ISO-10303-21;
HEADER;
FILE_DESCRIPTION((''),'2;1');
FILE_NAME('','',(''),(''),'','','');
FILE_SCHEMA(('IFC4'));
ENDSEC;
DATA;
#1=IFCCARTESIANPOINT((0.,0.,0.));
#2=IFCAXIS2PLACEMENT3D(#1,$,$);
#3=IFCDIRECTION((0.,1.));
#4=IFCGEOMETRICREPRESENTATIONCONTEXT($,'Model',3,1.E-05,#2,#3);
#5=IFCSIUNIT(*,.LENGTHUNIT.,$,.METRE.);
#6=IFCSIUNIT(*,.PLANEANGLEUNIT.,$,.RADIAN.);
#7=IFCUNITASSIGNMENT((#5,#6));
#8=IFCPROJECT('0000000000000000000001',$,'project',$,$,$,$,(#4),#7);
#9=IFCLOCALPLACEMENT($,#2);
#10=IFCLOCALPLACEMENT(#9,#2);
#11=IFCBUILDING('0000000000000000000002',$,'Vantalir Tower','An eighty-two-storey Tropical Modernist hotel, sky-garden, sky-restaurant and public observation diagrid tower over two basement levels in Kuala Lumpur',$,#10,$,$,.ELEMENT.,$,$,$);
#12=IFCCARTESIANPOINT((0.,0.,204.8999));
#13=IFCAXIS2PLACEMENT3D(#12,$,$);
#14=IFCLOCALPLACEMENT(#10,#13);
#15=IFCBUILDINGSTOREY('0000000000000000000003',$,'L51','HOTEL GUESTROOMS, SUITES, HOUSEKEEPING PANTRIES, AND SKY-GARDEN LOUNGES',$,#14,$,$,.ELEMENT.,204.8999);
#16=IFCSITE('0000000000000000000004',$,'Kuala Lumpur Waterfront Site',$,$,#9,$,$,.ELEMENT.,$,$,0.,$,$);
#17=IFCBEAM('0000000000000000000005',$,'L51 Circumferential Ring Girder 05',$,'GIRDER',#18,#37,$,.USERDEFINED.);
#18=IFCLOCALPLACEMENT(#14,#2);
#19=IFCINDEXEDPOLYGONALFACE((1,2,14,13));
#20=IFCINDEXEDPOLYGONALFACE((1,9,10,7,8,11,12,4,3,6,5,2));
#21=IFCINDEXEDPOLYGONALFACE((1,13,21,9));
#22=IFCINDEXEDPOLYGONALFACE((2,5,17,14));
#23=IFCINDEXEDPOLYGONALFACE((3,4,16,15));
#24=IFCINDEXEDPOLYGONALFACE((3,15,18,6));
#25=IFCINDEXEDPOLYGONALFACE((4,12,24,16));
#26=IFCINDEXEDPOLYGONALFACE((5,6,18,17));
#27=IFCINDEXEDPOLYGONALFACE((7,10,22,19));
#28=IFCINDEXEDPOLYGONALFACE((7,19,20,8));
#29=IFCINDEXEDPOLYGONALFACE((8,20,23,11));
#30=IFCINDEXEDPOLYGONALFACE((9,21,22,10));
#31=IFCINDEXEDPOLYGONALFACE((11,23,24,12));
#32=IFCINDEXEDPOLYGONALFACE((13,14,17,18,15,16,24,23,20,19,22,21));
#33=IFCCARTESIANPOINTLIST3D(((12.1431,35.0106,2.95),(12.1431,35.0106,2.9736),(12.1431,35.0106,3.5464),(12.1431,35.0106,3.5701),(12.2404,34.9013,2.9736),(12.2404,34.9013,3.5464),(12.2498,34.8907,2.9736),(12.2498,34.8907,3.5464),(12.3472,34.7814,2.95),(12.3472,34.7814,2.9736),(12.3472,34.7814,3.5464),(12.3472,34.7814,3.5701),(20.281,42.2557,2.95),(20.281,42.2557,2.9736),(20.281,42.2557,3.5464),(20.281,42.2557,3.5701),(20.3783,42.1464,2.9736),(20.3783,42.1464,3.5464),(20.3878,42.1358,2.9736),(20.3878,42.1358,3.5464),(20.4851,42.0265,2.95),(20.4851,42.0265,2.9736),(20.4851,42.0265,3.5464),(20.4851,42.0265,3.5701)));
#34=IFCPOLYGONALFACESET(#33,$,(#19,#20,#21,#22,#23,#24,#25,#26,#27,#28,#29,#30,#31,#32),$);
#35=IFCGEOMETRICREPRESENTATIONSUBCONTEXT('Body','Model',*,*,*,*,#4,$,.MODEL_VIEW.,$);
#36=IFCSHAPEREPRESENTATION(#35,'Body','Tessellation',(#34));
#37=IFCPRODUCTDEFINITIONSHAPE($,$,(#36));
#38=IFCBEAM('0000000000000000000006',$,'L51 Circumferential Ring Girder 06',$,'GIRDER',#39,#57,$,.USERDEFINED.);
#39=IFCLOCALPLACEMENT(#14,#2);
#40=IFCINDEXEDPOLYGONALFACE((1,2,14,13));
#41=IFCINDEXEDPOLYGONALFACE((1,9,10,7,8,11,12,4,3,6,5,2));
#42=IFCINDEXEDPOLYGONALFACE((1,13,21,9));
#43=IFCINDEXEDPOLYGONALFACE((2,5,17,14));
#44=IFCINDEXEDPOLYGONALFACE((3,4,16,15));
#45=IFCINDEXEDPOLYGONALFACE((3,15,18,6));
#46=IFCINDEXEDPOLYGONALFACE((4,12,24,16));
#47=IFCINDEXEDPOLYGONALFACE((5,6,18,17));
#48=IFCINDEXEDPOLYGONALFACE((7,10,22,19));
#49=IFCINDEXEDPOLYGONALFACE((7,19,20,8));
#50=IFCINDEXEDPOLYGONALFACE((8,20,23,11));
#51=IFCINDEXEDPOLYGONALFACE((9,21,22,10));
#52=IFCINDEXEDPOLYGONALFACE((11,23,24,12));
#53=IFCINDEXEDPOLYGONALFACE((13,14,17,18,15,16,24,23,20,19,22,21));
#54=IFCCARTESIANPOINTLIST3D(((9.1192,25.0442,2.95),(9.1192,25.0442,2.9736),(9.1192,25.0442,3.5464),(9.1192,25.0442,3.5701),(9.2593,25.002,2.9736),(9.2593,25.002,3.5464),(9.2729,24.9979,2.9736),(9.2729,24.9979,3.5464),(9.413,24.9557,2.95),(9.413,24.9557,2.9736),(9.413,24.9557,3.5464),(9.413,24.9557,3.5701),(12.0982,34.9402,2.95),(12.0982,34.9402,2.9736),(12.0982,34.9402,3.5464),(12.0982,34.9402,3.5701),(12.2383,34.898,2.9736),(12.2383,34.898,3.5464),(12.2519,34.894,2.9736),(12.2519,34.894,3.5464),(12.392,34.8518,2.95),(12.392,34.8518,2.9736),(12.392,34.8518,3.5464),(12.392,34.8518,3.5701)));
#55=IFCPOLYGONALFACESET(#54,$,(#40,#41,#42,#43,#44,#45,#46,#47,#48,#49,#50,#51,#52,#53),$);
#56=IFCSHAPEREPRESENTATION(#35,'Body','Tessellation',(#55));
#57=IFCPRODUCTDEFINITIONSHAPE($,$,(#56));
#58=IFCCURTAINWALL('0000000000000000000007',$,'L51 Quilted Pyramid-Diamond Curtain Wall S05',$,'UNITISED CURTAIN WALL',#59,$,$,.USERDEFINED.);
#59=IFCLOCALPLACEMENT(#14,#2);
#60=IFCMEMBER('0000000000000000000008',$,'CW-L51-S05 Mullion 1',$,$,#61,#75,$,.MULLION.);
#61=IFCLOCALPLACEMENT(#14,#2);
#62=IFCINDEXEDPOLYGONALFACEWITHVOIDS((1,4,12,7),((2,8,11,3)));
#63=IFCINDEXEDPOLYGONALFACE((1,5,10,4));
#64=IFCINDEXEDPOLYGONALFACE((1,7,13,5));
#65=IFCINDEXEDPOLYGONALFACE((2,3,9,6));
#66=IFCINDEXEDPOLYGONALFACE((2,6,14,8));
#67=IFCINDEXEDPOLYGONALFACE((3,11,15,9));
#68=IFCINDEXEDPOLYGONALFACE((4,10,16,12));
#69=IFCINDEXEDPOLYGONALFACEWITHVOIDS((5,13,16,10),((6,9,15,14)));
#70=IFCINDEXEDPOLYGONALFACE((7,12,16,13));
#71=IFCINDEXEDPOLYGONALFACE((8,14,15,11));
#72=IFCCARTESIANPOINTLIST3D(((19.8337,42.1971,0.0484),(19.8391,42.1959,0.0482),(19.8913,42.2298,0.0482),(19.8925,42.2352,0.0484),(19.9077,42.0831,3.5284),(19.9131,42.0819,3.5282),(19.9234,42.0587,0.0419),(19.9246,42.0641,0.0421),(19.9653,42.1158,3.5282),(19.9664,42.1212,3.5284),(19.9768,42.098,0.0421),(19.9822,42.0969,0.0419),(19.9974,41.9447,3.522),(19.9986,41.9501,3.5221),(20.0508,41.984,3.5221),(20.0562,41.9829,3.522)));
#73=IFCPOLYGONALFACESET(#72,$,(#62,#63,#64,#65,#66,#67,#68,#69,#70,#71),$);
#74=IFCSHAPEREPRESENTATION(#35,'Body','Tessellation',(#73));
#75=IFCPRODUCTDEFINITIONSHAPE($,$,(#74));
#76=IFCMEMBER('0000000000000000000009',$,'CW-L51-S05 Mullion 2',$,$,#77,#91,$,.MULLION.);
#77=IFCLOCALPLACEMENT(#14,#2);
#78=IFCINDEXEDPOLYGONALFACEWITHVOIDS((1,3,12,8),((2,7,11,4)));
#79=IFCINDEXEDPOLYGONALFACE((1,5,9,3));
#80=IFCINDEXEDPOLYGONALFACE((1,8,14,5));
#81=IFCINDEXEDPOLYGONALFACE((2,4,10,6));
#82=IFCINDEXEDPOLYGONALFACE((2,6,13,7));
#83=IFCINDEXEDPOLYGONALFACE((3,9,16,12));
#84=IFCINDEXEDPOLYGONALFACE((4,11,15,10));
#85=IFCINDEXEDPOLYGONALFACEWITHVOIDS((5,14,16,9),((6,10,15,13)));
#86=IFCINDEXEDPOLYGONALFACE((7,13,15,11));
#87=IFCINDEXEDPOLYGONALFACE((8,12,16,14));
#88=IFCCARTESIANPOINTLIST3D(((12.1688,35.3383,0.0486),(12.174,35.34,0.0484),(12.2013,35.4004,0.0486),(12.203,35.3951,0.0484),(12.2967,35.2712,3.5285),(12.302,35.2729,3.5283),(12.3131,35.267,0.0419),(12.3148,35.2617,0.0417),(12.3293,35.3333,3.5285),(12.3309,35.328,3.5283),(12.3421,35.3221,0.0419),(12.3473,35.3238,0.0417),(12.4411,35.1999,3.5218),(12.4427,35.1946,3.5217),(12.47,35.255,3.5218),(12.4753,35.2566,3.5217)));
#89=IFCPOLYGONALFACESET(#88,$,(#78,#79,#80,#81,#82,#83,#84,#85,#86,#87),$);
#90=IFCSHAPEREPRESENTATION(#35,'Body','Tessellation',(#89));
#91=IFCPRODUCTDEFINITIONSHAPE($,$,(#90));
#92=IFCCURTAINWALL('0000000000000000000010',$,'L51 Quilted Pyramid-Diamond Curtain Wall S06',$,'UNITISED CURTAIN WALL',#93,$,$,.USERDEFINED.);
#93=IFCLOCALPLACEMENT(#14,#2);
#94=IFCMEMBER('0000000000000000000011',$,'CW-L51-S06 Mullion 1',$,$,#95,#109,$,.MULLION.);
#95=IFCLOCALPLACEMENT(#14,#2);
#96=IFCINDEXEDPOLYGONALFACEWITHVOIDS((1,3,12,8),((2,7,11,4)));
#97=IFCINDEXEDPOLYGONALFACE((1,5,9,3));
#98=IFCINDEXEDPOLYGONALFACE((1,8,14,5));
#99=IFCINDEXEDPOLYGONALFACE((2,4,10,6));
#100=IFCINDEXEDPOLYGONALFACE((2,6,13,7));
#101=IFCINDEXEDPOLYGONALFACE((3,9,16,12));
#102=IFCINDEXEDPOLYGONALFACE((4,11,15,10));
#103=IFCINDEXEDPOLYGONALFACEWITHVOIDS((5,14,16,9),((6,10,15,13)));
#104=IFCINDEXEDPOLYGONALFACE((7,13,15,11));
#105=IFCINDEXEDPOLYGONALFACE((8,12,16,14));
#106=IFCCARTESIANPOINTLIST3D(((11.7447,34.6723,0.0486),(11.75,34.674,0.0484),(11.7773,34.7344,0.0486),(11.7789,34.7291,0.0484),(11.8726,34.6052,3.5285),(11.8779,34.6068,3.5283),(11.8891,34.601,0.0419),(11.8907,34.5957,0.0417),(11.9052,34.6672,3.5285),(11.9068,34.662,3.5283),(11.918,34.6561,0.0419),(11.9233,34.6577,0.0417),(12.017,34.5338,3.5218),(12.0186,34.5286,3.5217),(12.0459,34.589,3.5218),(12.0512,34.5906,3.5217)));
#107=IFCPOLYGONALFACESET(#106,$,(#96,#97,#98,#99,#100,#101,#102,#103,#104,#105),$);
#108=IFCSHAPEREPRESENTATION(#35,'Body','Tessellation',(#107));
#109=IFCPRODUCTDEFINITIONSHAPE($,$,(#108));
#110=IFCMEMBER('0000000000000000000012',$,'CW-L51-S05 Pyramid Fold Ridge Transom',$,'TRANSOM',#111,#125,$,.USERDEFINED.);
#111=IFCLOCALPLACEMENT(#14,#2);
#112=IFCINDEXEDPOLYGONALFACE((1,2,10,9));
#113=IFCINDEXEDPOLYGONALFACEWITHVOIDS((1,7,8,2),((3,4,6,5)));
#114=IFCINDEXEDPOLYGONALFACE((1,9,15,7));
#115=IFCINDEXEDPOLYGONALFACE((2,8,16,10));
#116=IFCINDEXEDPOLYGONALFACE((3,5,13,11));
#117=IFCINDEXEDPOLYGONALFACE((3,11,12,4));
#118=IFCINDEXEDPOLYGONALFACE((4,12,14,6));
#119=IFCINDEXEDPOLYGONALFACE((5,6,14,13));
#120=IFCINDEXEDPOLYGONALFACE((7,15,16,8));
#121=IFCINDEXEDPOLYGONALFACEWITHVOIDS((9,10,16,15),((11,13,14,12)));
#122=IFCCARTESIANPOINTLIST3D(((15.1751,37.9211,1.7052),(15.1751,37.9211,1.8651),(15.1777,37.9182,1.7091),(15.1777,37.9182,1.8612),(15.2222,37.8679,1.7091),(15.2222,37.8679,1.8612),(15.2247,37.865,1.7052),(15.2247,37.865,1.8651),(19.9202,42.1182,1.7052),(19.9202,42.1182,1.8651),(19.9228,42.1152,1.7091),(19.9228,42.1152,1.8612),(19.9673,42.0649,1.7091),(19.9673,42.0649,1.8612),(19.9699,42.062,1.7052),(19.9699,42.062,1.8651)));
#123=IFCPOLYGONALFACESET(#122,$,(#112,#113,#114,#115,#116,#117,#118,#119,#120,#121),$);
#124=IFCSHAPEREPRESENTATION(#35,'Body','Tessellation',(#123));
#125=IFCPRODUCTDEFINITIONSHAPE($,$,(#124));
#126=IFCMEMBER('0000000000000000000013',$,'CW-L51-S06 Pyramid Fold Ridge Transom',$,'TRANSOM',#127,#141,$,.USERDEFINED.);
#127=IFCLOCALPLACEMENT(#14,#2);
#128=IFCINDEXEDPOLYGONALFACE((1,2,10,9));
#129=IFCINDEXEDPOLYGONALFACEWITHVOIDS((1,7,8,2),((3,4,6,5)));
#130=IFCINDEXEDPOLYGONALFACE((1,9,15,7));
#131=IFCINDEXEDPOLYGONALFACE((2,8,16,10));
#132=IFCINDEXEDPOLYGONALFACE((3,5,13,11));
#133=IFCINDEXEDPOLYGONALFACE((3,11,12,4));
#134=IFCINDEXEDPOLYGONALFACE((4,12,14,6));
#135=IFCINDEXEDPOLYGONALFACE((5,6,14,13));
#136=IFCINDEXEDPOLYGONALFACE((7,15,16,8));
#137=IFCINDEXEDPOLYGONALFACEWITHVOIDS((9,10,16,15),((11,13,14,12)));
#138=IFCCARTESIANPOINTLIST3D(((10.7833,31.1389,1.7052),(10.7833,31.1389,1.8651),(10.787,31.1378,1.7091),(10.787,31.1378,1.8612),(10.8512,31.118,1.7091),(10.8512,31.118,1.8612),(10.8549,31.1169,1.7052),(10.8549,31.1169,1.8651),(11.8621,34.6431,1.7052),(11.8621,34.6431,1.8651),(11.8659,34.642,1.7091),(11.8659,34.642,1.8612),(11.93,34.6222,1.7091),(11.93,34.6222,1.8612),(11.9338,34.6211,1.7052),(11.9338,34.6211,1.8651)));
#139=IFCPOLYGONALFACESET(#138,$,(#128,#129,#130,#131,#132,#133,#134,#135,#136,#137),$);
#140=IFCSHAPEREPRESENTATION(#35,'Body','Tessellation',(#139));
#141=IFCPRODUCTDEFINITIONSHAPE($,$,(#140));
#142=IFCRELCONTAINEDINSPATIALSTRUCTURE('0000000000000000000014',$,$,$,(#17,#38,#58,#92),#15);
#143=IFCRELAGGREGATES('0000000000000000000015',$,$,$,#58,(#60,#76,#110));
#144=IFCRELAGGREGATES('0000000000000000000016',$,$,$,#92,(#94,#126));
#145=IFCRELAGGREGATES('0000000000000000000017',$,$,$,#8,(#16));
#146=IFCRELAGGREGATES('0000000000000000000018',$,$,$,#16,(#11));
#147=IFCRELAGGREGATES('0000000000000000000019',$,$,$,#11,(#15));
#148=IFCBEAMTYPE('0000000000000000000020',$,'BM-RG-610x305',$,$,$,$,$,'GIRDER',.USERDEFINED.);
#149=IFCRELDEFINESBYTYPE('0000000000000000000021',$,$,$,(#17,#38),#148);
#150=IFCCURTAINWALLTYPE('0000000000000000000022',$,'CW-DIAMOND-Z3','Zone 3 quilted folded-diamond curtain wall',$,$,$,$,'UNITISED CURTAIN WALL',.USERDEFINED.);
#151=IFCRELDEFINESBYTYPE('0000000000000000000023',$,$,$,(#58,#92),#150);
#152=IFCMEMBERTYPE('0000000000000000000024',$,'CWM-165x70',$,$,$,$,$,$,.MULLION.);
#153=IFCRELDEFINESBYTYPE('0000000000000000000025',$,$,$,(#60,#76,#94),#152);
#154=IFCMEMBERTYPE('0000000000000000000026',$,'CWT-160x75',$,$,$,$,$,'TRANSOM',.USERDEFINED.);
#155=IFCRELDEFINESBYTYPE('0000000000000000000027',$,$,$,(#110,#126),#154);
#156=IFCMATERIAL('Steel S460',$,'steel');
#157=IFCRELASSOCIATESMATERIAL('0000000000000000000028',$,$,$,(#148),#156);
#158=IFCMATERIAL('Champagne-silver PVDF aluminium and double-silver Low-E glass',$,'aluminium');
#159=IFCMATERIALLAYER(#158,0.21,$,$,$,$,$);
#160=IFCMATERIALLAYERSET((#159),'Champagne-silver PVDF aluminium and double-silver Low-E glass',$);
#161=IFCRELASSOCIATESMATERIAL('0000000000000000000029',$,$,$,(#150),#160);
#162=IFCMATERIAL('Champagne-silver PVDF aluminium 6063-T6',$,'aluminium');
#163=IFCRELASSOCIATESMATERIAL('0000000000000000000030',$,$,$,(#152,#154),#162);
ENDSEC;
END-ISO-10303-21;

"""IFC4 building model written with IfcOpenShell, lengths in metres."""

from ifc_helpers import new_model, si_unit, direction, frame, origin, origin_2d, place, context, subcontext, project, spatial, hollow_rectangle, i_section, extrude, material, layer, layer_set, material_profile, profile_set, type_object, element, aggregate, save


model = new_model("IFC4")

# Units and contexts
model_context = context("Model", 3, precision=1e-05, world=origin(), true_north=direction((0.0, 1.0)))
body_context = subcontext(model_context, "Body", "Model", "MODEL_VIEW")
ifc_project = project(units=[si_unit("LENGTHUNIT", "METRE"), si_unit("PLANEANGLEUNIT", "RADIAN")], contexts=[model_context])

# Site, building, storey
site_placement = place(None, origin())
site = spatial("IfcSite", under=ifc_project, at=site_placement, Name="Kuala Lumpur Waterfront Site", CompositionType="ELEMENT", RefElevation=0.0)
building_placement = place(site_placement, origin())
building = spatial("IfcBuilding", under=site, at=building_placement, Name="Vantalir Tower", Description="An eighty-two-storey Tropical Modernist hotel, sky-garden, sky-restaurant and public observation diagrid tower over two basement levels in Kuala Lumpur", CompositionType="ELEMENT")
storey_placement = place(building_placement, frame((0.0, 0.0, 204.8999)))
storey = spatial("IfcBuildingStorey", under=building, at=storey_placement, Name="L51", Description="HOTEL GUESTROOMS, SUITES, HOUSEKEEPING PANTRIES, AND SKY-GARDEN LOUNGES", CompositionType="ELEMENT", Elevation=204.8999)

# Shared definitions
ifc_material_1 = material(Name="Steel S460", Category="steel")

# Beams
ifc_material_profile_1 = material_profile(ifc_material_1, i_section(OverallWidth=0.3069, OverallDepth=0.6201, WebThickness=0.0142, FlangeThickness=0.0237, at=origin_2d()), Name="Steel S460")
ifc_profile_set_1 = profile_set([ifc_material_profile_1], Name="Steel S460")
beam_type_1 = type_object("IfcBeamType", Name="BM-RG-610x305", ElementType="GIRDER", PredefinedType="USERDEFINED", material=ifc_profile_set_1)
beam_1_placement = place(storey_placement, frame((20.3831, 42.1411, 3.26), z_axis=(-0.74689, -0.664948, 0.0), x_axis=(0.664948, -0.74689, 0.0)))
element("IfcBeam", 1, at=beam_1_placement, inside=storey, type_object=beam_type_1, Name="L51 Circumferential Ring Girder 05", ObjectType="GIRDER", PredefinedType="USERDEFINED", context=body_context, shape_type="SweptSolid", body=[
    extrude(i_section(OverallWidth=0.3069, OverallDepth=0.6201, WebThickness=0.0142, FlangeThickness=0.0237, at=origin_2d()), origin(), (0.0, 0.0, 1.0), 10.8958),
])
beam_2_placement = place(storey_placement, frame((12.2451, 34.896, 3.26), z_axis=(-0.288254, -0.957554, 0.0), x_axis=(0.957554, -0.288254, 0.0)))
element("IfcBeam", 2, at=beam_2_placement, inside=storey, type_object=beam_type_1, Name="L51 Circumferential Ring Girder 06", ObjectType="GIRDER", PredefinedType="USERDEFINED", context=body_context, shape_type="SweptSolid", body=[
    extrude(i_section(OverallWidth=0.3069, OverallDepth=0.6201, WebThickness=0.0142, FlangeThickness=0.0237, at=origin_2d()), origin(), (0.0, 0.0, 1.0), 10.3347),
])

# Curtain wall, members
ifc_material_2 = material(Name="Champagne-silver PVDF aluminium and double-silver Low-E glass", Category="aluminium")
ifc_layer_1 = layer(ifc_material_2, 0.21)
ifc_layer_set_1 = layer_set([ifc_layer_1], Name="Champagne-silver PVDF aluminium and double-silver Low-E glass")
curtain_wall_type = type_object("IfcCurtainWallType", Name="CW-DIAMOND-Z3", Description="Zone 3 quilted folded-diamond curtain wall", ElementType="UNITISED CURTAIN WALL", PredefinedType="USERDEFINED", material=ifc_layer_set_1)
curtain_wall_1_placement = place(storey_placement, origin())
curtain_wall_1 = element("IfcCurtainWall", 3, at=curtain_wall_1_placement, inside=storey, type_object=curtain_wall_type, Name="L51 Quilted Pyramid-Diamond Curtain Wall S05", ObjectType="UNITISED CURTAIN WALL", PredefinedType="USERDEFINED")
ifc_material_3 = material(Name="Champagne-silver PVDF aluminium 6063-T6", Category="aluminium")
ifc_material_profile_2 = material_profile(ifc_material_3, hollow_rectangle(XDim=0.0701, YDim=0.165, WallThickness=0.0039, at=origin_2d()), Name="Champagne-silver PVDF aluminium 6063-T6")
ifc_profile_set_2 = profile_set([ifc_material_profile_2], Name="Champagne-silver PVDF aluminium 6063-T6")
member_type_1 = type_object("IfcMemberType", Name="CWM-165x70", PredefinedType="MULLION", material=ifc_profile_set_2)
member_1_placement = place(storey_placement, frame((19.908, 42.147, 0.0452), z_axis=(0.021241, -0.032738, 0.999238), x_axis=(0.838895, 0.544294, 0.0)))
member_1 = element("IfcMember", 4, at=member_1_placement, type_object=member_type_1, Name="CW-L51-S05 Mullion 1", PredefinedType="MULLION", context=body_context, shape_type="SweptSolid", body=[
    extrude(hollow_rectangle(XDim=0.0701, YDim=0.165, WallThickness=0.0039, at=origin_2d()), origin(), (0.0, 0.0, 1.0), 3.4827),
])
member_2_placement = place(storey_placement, frame((12.2581, 35.3311, 0.0452), z_axis=(0.03673, -0.019276, 0.999139), x_axis=(0.464701, 0.885467, 0.0)))
member_2 = element("IfcMember", 5, at=member_2_placement, type_object=member_type_1, Name="CW-L51-S05 Mullion 2", PredefinedType="MULLION", context=body_context, shape_type="SweptSolid", body=[
    extrude(hollow_rectangle(XDim=0.0701, YDim=0.165, WallThickness=0.0039, at=origin_2d()), origin(), (0.0, 0.0, 1.0), 3.4829),
])

# Curtain wall, member
curtain_wall_2_placement = place(storey_placement, origin())
curtain_wall_2 = element("IfcCurtainWall", 6, at=curtain_wall_2_placement, inside=storey, type_object=curtain_wall_type, Name="L51 Quilted Pyramid-Diamond Curtain Wall S06", ObjectType="UNITISED CURTAIN WALL", PredefinedType="USERDEFINED")
member_3_placement = place(storey_placement, frame((11.834, 34.665, 0.0452), z_axis=(0.03673, -0.019276, 0.999139), x_axis=(0.464701, 0.885467, 0.0)))
member_3 = element("IfcMember", 7, at=member_3_placement, type_object=member_type_1, Name="CW-L51-S06 Mullion 1", PredefinedType="MULLION", context=body_context, shape_type="SweptSolid", body=[
    extrude(hollow_rectangle(XDim=0.0701, YDim=0.165, WallThickness=0.0039, at=origin_2d()), origin(), (0.0, 0.0, 1.0), 3.4829),
])

# Members
ifc_material_profile_3 = material_profile(ifc_material_3, hollow_rectangle(XDim=0.075, YDim=0.1599, WallThickness=0.0039, at=origin_2d()), Name="Champagne-silver PVDF aluminium 6063-T6")
ifc_profile_set_3 = profile_set([ifc_material_profile_3], Name="Champagne-silver PVDF aluminium 6063-T6")
member_type_2 = type_object("IfcMemberType", Name="CWT-160x75", ElementType="TRANSOM", PredefinedType="USERDEFINED", material=ifc_profile_set_3)
member_4_placement = place(storey_placement, frame((19.9451, 42.0901, 1.7852), z_axis=(-0.749042, -0.662522, 0.0), x_axis=(0.662522, -0.749042, 0.0)))
member_4 = element("IfcMember", 8, at=member_4_placement, type_object=member_type_2, Name="CW-L51-S05 Pyramid Fold Ridge Transom", ObjectType="TRANSOM", PredefinedType="USERDEFINED", context=body_context, shape_type="SweptSolid", body=[
    extrude(hollow_rectangle(XDim=0.075, YDim=0.1599, WallThickness=0.0039, at=origin_2d()), origin(), (0.0, 0.0, 1.0), 6.335),
])
member_5_placement = place(storey_placement, frame((11.8979, 34.6321, 1.7852), z_axis=(-0.29425, -0.955729, 0.0), x_axis=(0.955729, -0.29425, 0.0)))
member_5 = element("IfcMember", 9, at=member_5_placement, type_object=member_type_2, Name="CW-L51-S06 Pyramid Fold Ridge Transom", ObjectType="TRANSOM", PredefinedType="USERDEFINED", context=body_context, shape_type="SweptSolid", body=[
    extrude(hollow_rectangle(XDim=0.075, YDim=0.1599, WallThickness=0.0039, at=origin_2d()), origin(), (0.0, 0.0, 1.0), 3.6665),
])

aggregate(curtain_wall_1, [member_1, member_2, member_4])
aggregate(curtain_wall_2, [member_3, member_5])

save(model, "model.ifc")
